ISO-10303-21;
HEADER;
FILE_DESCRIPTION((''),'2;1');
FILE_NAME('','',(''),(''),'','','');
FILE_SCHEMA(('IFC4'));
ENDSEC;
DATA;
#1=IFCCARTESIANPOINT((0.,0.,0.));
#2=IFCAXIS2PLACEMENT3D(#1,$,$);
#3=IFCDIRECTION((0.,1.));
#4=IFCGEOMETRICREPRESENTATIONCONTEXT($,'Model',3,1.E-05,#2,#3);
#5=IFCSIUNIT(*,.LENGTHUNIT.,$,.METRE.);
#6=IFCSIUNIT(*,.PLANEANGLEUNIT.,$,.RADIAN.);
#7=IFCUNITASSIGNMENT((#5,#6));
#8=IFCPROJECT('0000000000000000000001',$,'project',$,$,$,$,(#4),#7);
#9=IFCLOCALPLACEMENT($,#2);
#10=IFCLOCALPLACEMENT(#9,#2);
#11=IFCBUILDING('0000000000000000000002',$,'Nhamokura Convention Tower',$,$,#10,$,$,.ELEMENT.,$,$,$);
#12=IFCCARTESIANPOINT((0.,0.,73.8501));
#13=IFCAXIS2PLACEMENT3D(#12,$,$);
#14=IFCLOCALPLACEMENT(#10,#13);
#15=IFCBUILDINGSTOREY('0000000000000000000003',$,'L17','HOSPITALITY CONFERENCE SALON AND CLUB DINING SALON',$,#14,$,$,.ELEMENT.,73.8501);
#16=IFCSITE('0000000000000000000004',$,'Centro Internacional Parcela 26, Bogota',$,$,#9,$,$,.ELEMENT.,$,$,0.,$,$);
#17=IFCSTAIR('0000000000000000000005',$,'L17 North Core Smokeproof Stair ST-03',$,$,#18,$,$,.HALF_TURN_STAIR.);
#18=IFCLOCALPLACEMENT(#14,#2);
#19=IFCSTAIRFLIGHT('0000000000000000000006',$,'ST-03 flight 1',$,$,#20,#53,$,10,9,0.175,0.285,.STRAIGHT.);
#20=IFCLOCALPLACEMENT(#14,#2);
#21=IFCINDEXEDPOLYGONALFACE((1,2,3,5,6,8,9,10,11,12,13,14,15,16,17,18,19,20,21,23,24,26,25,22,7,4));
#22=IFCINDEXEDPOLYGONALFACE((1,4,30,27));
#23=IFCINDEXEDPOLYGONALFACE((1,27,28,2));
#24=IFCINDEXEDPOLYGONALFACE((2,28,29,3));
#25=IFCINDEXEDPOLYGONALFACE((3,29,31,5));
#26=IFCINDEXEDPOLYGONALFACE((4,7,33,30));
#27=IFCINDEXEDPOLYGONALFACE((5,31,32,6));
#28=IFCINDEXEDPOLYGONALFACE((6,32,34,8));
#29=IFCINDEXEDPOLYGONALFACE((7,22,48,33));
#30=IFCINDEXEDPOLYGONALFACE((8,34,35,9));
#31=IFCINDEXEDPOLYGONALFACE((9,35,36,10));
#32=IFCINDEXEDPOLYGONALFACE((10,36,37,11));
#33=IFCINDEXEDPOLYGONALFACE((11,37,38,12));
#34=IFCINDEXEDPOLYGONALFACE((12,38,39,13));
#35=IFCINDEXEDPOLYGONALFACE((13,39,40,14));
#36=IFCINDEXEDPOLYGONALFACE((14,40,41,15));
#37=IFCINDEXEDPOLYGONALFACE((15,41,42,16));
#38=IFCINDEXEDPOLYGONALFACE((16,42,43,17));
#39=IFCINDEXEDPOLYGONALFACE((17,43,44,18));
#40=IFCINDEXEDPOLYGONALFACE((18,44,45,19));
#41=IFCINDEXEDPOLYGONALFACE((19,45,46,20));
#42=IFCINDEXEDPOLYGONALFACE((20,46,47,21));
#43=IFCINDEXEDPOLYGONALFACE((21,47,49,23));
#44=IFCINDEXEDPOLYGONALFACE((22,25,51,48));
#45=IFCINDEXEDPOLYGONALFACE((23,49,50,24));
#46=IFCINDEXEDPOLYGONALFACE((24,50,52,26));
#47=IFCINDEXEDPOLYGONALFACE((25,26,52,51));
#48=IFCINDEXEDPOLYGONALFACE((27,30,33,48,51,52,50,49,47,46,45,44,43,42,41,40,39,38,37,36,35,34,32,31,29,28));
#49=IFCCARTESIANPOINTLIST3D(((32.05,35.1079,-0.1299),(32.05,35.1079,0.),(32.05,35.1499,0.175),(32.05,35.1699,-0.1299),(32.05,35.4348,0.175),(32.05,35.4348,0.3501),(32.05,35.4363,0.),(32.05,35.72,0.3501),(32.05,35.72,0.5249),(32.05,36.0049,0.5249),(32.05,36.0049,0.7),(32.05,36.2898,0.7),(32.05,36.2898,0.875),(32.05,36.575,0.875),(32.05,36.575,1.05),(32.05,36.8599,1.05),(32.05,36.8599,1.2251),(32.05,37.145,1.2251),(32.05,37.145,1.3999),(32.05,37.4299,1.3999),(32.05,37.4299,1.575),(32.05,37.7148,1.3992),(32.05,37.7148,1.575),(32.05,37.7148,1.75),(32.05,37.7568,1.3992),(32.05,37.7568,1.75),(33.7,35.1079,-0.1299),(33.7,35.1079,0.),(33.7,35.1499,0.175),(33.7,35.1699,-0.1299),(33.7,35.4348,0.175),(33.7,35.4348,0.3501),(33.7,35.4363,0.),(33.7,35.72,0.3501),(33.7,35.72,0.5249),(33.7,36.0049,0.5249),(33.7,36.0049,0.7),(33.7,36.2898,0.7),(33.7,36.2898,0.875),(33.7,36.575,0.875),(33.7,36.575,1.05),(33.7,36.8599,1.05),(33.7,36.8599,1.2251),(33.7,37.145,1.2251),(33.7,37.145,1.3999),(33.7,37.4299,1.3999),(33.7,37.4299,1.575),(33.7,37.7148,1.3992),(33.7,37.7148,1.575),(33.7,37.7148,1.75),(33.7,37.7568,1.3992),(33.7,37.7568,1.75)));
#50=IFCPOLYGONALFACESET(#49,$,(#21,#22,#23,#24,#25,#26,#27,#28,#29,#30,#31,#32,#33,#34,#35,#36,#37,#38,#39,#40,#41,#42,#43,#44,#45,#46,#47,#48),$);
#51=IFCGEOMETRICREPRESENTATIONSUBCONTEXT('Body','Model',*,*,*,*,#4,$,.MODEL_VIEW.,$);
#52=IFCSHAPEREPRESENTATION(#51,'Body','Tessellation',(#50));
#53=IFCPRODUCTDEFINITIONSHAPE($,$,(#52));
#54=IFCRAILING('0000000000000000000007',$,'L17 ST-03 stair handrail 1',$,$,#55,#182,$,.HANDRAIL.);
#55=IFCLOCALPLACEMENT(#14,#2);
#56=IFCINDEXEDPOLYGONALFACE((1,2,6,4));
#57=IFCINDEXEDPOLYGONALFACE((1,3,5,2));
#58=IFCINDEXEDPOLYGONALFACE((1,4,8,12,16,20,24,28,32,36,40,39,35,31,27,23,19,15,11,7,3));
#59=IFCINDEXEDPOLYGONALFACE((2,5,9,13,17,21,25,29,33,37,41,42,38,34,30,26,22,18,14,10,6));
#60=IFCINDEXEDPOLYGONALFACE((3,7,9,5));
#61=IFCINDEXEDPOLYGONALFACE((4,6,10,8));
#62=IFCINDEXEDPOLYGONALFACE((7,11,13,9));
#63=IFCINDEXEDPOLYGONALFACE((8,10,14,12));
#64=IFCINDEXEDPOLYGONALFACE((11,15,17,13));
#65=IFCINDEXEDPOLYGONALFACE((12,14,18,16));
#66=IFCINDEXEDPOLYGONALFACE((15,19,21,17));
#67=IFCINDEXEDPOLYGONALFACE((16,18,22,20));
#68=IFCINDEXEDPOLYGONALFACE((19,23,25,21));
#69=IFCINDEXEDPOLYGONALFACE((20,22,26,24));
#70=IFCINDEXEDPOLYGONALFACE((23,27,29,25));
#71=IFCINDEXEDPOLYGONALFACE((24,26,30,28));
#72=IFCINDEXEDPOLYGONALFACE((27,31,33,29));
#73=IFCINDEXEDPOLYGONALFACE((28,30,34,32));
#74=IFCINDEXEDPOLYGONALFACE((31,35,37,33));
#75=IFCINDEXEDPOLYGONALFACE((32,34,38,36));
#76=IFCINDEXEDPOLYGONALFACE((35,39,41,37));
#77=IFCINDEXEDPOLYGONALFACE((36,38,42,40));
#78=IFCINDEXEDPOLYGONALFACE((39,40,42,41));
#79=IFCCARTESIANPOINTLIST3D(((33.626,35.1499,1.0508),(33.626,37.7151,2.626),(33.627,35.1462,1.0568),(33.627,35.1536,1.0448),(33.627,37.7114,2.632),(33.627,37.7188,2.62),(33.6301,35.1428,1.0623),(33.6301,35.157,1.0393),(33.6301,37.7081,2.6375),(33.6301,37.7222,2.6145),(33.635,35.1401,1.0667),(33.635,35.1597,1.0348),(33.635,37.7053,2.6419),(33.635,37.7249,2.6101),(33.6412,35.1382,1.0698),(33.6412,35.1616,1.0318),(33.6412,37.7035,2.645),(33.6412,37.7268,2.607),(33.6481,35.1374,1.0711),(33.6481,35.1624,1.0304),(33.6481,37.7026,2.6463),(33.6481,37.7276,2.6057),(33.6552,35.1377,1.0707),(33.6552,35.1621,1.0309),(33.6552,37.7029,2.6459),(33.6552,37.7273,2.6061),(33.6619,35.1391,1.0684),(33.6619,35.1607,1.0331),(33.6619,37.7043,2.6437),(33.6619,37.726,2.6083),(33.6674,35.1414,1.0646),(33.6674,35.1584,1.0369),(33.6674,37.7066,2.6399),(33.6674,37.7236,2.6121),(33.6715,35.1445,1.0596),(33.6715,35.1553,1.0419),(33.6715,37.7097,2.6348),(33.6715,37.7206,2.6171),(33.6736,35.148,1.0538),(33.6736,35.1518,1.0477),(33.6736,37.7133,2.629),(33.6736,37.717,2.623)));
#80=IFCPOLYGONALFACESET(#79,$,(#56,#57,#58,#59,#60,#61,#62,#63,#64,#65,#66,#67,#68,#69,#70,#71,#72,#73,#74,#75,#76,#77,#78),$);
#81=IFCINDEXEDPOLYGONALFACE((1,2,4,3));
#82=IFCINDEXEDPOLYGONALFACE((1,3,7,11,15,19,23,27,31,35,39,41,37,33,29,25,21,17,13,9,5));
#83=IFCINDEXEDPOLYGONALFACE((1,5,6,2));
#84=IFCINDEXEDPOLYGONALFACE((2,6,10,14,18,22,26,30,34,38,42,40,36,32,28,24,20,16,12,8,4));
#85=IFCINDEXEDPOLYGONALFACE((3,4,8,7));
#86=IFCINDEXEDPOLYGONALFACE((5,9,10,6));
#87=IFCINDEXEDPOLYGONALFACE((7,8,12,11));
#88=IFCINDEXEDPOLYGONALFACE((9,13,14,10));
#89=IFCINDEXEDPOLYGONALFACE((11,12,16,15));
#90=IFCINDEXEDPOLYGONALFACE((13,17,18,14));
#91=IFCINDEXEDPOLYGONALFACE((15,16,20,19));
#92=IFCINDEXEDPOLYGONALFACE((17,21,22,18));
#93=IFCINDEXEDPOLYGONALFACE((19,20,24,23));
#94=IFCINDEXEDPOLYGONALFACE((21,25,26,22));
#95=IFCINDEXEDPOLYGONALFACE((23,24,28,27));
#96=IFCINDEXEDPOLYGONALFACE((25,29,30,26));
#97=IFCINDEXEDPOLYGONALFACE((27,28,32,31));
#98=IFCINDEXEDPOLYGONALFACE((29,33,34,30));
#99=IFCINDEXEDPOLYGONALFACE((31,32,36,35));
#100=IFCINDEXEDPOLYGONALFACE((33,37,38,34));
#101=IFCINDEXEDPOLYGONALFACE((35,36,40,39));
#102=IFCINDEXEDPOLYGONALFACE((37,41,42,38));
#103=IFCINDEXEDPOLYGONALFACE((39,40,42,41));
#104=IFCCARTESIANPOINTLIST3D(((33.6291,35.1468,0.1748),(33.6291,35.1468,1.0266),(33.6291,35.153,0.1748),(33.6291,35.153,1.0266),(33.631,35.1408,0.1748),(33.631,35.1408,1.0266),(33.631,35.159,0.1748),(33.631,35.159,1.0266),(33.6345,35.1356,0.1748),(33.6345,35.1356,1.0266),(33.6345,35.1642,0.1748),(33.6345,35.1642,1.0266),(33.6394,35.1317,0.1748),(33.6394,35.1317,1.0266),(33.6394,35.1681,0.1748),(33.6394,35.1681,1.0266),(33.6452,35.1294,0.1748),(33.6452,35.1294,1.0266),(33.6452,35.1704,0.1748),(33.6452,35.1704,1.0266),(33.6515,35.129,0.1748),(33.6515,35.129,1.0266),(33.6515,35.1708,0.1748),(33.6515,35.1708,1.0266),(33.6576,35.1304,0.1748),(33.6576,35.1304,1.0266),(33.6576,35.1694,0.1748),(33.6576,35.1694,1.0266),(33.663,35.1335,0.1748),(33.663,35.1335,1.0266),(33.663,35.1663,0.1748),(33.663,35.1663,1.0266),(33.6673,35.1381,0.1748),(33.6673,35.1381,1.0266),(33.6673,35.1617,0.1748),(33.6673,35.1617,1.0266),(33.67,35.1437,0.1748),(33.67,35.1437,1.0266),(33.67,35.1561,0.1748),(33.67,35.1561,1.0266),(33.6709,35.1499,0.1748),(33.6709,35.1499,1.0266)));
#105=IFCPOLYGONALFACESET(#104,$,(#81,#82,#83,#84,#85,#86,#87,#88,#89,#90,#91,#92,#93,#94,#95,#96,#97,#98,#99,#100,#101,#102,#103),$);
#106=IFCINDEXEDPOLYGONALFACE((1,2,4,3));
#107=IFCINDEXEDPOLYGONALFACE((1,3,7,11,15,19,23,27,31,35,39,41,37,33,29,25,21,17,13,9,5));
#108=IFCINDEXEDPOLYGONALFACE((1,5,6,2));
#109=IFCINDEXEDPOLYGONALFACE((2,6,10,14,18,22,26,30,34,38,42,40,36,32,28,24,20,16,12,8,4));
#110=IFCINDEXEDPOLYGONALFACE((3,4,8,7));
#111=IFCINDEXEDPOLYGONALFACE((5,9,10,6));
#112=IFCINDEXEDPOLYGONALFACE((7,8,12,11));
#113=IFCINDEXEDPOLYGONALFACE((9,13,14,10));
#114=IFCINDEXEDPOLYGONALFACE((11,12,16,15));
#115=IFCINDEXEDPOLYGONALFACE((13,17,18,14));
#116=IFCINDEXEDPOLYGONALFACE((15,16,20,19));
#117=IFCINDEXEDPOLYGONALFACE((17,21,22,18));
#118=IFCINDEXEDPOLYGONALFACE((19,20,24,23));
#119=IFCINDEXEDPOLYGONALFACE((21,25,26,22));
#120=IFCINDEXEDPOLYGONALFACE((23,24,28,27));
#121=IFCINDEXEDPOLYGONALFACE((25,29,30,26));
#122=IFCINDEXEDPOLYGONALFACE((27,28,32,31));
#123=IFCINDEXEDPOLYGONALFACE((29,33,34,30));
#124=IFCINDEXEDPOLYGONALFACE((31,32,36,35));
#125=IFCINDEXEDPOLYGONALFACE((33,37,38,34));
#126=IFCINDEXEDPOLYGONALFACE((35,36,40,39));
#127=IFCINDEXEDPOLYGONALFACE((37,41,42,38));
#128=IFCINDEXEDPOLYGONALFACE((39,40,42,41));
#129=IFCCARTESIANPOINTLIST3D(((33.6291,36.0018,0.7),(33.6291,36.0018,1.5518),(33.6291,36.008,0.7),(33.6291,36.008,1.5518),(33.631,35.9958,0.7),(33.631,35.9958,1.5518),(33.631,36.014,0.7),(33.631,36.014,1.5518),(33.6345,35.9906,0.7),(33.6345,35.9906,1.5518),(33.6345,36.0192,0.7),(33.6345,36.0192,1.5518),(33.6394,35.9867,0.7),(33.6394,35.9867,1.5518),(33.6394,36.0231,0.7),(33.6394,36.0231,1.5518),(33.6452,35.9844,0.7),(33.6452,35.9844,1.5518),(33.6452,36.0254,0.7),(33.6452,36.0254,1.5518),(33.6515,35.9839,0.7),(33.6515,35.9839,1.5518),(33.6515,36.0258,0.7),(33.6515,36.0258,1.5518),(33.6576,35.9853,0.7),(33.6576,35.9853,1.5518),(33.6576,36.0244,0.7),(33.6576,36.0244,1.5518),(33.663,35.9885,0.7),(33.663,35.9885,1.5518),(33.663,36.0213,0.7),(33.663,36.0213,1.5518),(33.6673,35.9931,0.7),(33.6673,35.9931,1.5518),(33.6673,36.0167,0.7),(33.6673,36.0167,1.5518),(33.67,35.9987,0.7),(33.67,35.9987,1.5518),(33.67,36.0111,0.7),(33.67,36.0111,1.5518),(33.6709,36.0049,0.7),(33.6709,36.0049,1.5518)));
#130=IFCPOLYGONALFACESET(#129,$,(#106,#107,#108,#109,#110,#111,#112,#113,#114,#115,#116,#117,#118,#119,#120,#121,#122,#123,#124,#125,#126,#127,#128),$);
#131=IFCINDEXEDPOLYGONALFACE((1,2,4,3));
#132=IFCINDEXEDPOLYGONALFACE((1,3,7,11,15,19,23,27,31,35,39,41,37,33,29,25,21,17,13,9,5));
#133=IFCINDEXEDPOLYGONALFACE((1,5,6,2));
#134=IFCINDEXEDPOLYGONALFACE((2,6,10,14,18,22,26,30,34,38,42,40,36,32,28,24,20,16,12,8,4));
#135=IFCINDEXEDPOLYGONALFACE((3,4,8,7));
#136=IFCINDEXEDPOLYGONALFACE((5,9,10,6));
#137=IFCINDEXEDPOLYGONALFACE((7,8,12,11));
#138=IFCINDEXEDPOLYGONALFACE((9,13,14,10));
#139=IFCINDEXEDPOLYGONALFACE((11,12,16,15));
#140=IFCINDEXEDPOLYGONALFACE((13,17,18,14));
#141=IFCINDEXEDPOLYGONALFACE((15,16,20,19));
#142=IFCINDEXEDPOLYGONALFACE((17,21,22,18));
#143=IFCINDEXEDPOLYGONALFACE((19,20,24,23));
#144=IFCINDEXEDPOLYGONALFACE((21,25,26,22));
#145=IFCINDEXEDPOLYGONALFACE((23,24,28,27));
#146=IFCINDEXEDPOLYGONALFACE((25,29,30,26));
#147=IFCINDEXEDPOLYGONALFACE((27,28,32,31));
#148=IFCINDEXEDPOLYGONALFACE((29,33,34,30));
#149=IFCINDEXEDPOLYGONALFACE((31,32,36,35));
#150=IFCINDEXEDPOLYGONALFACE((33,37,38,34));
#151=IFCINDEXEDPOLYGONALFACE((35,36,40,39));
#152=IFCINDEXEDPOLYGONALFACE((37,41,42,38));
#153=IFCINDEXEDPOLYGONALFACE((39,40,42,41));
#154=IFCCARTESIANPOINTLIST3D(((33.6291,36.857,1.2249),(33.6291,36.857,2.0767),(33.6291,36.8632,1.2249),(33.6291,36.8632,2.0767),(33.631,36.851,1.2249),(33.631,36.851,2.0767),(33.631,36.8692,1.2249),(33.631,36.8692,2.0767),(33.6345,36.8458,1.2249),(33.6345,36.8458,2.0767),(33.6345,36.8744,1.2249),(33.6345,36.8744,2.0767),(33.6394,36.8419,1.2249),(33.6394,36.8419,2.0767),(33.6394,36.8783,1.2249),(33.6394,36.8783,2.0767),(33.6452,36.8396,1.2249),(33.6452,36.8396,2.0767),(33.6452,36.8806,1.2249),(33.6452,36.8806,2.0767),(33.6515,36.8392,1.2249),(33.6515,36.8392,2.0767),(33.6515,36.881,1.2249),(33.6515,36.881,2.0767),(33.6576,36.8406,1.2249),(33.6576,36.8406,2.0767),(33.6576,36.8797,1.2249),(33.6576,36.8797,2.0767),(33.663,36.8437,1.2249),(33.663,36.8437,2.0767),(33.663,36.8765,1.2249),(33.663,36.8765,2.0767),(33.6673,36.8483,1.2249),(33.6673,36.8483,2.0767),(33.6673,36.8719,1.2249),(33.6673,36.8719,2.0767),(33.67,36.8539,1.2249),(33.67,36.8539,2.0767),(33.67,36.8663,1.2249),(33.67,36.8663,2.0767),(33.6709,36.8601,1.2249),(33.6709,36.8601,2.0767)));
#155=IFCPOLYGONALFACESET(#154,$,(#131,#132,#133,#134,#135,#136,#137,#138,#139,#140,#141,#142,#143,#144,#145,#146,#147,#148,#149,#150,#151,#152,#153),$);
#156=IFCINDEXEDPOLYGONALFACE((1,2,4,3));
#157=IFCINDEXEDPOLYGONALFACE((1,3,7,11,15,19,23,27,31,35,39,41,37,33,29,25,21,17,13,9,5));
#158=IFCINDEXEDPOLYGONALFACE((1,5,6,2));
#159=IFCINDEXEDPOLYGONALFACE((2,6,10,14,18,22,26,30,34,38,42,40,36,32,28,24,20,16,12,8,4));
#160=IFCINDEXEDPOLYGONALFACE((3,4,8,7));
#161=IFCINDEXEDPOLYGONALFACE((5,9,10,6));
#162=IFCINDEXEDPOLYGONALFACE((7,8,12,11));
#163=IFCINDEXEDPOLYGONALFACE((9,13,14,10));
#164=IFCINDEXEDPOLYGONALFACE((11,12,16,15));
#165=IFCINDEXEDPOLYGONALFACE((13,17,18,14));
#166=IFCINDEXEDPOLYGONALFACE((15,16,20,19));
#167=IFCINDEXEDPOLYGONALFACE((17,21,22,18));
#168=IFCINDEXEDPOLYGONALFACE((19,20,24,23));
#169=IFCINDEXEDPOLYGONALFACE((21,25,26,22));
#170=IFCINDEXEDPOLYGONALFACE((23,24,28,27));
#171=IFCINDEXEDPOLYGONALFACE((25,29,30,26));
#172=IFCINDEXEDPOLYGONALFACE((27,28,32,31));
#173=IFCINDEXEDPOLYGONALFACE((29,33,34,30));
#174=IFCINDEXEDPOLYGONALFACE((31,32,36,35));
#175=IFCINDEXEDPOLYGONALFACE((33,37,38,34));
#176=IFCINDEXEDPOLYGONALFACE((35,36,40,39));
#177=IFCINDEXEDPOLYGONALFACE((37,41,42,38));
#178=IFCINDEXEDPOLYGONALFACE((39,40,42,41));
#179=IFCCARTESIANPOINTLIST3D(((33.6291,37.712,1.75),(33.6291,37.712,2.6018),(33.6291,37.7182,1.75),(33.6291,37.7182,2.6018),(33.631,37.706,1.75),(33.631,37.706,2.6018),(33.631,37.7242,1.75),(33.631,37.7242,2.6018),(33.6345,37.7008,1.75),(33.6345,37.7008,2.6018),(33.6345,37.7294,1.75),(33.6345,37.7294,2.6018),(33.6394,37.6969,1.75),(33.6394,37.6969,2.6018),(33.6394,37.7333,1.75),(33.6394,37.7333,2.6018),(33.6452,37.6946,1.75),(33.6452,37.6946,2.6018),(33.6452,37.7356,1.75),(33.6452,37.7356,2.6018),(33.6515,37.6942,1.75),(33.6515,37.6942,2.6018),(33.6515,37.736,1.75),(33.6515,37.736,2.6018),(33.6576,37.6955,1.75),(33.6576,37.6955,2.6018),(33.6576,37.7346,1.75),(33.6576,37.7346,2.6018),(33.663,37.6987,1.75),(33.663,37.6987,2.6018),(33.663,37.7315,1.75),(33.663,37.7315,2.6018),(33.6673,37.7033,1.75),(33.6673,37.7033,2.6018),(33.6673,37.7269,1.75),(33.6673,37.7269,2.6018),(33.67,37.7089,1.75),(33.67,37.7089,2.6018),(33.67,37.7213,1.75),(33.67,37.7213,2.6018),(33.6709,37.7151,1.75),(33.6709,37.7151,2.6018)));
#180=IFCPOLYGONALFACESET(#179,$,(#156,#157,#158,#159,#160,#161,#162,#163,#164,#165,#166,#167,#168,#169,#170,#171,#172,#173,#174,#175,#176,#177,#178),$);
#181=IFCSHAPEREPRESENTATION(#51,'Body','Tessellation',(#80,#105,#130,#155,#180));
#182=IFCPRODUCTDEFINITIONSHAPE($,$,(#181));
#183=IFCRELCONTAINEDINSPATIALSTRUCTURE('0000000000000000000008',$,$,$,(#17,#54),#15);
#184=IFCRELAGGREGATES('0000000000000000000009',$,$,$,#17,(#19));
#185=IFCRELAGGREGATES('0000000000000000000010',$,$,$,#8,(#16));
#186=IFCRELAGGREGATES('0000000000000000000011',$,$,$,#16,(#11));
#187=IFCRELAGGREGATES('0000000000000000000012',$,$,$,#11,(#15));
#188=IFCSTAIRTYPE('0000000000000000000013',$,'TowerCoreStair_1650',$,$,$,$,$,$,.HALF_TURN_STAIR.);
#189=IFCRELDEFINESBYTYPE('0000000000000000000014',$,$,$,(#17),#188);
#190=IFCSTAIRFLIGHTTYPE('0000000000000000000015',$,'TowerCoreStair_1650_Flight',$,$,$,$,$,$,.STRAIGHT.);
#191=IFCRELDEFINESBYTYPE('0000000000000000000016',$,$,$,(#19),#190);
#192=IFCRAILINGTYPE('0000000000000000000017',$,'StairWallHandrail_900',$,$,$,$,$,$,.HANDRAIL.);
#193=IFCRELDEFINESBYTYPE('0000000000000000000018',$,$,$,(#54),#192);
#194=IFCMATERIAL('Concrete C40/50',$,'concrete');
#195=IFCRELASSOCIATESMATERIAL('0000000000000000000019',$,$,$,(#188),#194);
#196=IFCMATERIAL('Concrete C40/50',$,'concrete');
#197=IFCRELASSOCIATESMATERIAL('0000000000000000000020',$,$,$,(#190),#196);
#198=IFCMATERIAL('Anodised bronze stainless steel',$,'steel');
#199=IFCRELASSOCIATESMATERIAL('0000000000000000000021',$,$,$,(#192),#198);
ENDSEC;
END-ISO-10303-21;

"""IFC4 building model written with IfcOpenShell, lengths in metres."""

from ifc_helpers import new_model, si_unit, direction, frame, origin, origin_2d, place, context, subcontext, project, spatial, polyline, circle, outline, extrude, material, type_object, element, aggregate, save


model = new_model("IFC4")

# Units and contexts
model_context = context("Model", 3, precision=1e-05, world=origin(), true_north=direction((0.0, 1.0)))
body_context = subcontext(model_context, "Body", "Model", "MODEL_VIEW")
ifc_project = project(units=[si_unit("LENGTHUNIT", "METRE"), si_unit("PLANEANGLEUNIT", "RADIAN")], contexts=[model_context])

# Site, building, storey
site_placement = place(None, origin())
site = spatial("IfcSite", under=ifc_project, at=site_placement, Name="Centro Internacional Parcela 26, Bogota", CompositionType="ELEMENT", RefElevation=0.0)
building_placement = place(site_placement, origin())
building = spatial("IfcBuilding", under=site, at=building_placement, Name="Nhamokura Convention Tower", CompositionType="ELEMENT")
storey_placement = place(building_placement, frame((0.0, 0.0, 73.8501)))
storey = spatial("IfcBuildingStorey", under=building, at=storey_placement, Name="L17", Description="HOSPITALITY CONFERENCE SALON AND CLUB DINING SALON", CompositionType="ELEMENT", Elevation=73.8501)

# Stair, stair flight
ifc_material_1 = material(Name="Concrete C40/50", Category="concrete")
stair_type = type_object("IfcStairType", Name="TowerCoreStair_1650", PredefinedType="HALF_TURN_STAIR", material=ifc_material_1)
stair_placement = place(storey_placement, origin())
stair = element("IfcStair", 1, at=stair_placement, inside=storey, type_object=stair_type, Name="L17 North Core Smokeproof Stair ST-03", PredefinedType="HALF_TURN_STAIR")
ifc_material_2 = material(Name="Concrete C40/50", Category="concrete")
stair_flight_type = type_object("IfcStairFlightType", Name="TowerCoreStair_1650_Flight", PredefinedType="STRAIGHT", material=ifc_material_2)
stair_flight_placement = place(storey_placement, frame((32.875, 35.1499, 0.0), z_axis=(0.0, 0.0, 1.0), x_axis=(0.0, 1.0, 0.0)))
stair_flight = element("IfcStairFlight", 2, at=stair_flight_placement, type_object=stair_flight_type, Name="ST-03 flight 1", NumberOfRisers=10, NumberOfTreads=9, PredefinedType="STRAIGHT", RiserHeight=0.175, TreadLength=0.285, context=body_context, shape_type="SweptSolid", body=[
    extrude(outline(polyline([(-0.042, 0.0), (0.0, 0.175), (0.2849, 0.175), (0.2849, 0.3501), (0.5701, 0.3501), (0.5701, 0.5249), (0.855, 0.5249), (0.855, 0.7), (1.1399, 0.7), (1.1399, 0.875), (1.425, 0.875), (1.425, 1.05), (1.71, 1.05), (1.71, 1.2251), (1.9951, 1.2251), (1.9951, 1.3999), (2.28, 1.3999), (2.28, 1.575), (2.5649, 1.575), (2.5649, 1.75), (2.6069, 1.75), (2.6069, 1.3992), (2.5649, 1.3992), (0.2864, 0.0), (0.02, -0.1299), (-0.042, -0.1299), (-0.042, 0.0)])), frame((0.0, 0.825, 0.0), z_axis=(0.0, -1.0, 0.0), x_axis=(1.0, 0.0, 0.0)), (0.0, 0.0, 1.0), 1.6499),
])
aggregate(stair, [stair_flight])

# Railing
ifc_material_3 = material(Name="Anodised bronze stainless steel", Category="steel")
railing_type_1 = type_object("IfcRailingType", Name="StairWallHandrail_900", PredefinedType="HANDRAIL", material=ifc_material_3)
railing_1_placement = place(storey_placement, frame((33.6499, 35.1499, 0.1748)))
element("IfcRailing", 3, at=railing_1_placement, inside=storey, type_object=railing_type_1, Name="L17 ST-03 stair handrail 1", PredefinedType="HANDRAIL", context=body_context, shape_type="SweptSolid", body=[
    extrude(circle(Radius=0.0239, at=origin_2d()), frame((0.0, 0.0, 0.876), z_axis=(0.0, 0.852159, 0.523283), x_axis=(-1.0, 0.0, 0.0)), (0.0, 0.0, 1.0), 3.0103),
    extrude(circle(Radius=0.021, at=origin_2d()), origin(), (0.0, 0.0, 1.0), 0.8518),
    extrude(circle(Radius=0.021, at=origin_2d()), frame((0.0, 0.855, 0.5251)), (0.0, 0.0, 1.0), 0.8518),
    extrude(circle(Radius=0.021, at=origin_2d()), frame((0.0, 1.7102, 1.05)), (0.0, 0.0, 1.0), 0.8518),
    extrude(circle(Radius=0.021, at=origin_2d()), frame((0.0, 2.5652, 1.5752)), (0.0, 0.0, 1.0), 0.8518),
])

save(model, "model.ifc")
